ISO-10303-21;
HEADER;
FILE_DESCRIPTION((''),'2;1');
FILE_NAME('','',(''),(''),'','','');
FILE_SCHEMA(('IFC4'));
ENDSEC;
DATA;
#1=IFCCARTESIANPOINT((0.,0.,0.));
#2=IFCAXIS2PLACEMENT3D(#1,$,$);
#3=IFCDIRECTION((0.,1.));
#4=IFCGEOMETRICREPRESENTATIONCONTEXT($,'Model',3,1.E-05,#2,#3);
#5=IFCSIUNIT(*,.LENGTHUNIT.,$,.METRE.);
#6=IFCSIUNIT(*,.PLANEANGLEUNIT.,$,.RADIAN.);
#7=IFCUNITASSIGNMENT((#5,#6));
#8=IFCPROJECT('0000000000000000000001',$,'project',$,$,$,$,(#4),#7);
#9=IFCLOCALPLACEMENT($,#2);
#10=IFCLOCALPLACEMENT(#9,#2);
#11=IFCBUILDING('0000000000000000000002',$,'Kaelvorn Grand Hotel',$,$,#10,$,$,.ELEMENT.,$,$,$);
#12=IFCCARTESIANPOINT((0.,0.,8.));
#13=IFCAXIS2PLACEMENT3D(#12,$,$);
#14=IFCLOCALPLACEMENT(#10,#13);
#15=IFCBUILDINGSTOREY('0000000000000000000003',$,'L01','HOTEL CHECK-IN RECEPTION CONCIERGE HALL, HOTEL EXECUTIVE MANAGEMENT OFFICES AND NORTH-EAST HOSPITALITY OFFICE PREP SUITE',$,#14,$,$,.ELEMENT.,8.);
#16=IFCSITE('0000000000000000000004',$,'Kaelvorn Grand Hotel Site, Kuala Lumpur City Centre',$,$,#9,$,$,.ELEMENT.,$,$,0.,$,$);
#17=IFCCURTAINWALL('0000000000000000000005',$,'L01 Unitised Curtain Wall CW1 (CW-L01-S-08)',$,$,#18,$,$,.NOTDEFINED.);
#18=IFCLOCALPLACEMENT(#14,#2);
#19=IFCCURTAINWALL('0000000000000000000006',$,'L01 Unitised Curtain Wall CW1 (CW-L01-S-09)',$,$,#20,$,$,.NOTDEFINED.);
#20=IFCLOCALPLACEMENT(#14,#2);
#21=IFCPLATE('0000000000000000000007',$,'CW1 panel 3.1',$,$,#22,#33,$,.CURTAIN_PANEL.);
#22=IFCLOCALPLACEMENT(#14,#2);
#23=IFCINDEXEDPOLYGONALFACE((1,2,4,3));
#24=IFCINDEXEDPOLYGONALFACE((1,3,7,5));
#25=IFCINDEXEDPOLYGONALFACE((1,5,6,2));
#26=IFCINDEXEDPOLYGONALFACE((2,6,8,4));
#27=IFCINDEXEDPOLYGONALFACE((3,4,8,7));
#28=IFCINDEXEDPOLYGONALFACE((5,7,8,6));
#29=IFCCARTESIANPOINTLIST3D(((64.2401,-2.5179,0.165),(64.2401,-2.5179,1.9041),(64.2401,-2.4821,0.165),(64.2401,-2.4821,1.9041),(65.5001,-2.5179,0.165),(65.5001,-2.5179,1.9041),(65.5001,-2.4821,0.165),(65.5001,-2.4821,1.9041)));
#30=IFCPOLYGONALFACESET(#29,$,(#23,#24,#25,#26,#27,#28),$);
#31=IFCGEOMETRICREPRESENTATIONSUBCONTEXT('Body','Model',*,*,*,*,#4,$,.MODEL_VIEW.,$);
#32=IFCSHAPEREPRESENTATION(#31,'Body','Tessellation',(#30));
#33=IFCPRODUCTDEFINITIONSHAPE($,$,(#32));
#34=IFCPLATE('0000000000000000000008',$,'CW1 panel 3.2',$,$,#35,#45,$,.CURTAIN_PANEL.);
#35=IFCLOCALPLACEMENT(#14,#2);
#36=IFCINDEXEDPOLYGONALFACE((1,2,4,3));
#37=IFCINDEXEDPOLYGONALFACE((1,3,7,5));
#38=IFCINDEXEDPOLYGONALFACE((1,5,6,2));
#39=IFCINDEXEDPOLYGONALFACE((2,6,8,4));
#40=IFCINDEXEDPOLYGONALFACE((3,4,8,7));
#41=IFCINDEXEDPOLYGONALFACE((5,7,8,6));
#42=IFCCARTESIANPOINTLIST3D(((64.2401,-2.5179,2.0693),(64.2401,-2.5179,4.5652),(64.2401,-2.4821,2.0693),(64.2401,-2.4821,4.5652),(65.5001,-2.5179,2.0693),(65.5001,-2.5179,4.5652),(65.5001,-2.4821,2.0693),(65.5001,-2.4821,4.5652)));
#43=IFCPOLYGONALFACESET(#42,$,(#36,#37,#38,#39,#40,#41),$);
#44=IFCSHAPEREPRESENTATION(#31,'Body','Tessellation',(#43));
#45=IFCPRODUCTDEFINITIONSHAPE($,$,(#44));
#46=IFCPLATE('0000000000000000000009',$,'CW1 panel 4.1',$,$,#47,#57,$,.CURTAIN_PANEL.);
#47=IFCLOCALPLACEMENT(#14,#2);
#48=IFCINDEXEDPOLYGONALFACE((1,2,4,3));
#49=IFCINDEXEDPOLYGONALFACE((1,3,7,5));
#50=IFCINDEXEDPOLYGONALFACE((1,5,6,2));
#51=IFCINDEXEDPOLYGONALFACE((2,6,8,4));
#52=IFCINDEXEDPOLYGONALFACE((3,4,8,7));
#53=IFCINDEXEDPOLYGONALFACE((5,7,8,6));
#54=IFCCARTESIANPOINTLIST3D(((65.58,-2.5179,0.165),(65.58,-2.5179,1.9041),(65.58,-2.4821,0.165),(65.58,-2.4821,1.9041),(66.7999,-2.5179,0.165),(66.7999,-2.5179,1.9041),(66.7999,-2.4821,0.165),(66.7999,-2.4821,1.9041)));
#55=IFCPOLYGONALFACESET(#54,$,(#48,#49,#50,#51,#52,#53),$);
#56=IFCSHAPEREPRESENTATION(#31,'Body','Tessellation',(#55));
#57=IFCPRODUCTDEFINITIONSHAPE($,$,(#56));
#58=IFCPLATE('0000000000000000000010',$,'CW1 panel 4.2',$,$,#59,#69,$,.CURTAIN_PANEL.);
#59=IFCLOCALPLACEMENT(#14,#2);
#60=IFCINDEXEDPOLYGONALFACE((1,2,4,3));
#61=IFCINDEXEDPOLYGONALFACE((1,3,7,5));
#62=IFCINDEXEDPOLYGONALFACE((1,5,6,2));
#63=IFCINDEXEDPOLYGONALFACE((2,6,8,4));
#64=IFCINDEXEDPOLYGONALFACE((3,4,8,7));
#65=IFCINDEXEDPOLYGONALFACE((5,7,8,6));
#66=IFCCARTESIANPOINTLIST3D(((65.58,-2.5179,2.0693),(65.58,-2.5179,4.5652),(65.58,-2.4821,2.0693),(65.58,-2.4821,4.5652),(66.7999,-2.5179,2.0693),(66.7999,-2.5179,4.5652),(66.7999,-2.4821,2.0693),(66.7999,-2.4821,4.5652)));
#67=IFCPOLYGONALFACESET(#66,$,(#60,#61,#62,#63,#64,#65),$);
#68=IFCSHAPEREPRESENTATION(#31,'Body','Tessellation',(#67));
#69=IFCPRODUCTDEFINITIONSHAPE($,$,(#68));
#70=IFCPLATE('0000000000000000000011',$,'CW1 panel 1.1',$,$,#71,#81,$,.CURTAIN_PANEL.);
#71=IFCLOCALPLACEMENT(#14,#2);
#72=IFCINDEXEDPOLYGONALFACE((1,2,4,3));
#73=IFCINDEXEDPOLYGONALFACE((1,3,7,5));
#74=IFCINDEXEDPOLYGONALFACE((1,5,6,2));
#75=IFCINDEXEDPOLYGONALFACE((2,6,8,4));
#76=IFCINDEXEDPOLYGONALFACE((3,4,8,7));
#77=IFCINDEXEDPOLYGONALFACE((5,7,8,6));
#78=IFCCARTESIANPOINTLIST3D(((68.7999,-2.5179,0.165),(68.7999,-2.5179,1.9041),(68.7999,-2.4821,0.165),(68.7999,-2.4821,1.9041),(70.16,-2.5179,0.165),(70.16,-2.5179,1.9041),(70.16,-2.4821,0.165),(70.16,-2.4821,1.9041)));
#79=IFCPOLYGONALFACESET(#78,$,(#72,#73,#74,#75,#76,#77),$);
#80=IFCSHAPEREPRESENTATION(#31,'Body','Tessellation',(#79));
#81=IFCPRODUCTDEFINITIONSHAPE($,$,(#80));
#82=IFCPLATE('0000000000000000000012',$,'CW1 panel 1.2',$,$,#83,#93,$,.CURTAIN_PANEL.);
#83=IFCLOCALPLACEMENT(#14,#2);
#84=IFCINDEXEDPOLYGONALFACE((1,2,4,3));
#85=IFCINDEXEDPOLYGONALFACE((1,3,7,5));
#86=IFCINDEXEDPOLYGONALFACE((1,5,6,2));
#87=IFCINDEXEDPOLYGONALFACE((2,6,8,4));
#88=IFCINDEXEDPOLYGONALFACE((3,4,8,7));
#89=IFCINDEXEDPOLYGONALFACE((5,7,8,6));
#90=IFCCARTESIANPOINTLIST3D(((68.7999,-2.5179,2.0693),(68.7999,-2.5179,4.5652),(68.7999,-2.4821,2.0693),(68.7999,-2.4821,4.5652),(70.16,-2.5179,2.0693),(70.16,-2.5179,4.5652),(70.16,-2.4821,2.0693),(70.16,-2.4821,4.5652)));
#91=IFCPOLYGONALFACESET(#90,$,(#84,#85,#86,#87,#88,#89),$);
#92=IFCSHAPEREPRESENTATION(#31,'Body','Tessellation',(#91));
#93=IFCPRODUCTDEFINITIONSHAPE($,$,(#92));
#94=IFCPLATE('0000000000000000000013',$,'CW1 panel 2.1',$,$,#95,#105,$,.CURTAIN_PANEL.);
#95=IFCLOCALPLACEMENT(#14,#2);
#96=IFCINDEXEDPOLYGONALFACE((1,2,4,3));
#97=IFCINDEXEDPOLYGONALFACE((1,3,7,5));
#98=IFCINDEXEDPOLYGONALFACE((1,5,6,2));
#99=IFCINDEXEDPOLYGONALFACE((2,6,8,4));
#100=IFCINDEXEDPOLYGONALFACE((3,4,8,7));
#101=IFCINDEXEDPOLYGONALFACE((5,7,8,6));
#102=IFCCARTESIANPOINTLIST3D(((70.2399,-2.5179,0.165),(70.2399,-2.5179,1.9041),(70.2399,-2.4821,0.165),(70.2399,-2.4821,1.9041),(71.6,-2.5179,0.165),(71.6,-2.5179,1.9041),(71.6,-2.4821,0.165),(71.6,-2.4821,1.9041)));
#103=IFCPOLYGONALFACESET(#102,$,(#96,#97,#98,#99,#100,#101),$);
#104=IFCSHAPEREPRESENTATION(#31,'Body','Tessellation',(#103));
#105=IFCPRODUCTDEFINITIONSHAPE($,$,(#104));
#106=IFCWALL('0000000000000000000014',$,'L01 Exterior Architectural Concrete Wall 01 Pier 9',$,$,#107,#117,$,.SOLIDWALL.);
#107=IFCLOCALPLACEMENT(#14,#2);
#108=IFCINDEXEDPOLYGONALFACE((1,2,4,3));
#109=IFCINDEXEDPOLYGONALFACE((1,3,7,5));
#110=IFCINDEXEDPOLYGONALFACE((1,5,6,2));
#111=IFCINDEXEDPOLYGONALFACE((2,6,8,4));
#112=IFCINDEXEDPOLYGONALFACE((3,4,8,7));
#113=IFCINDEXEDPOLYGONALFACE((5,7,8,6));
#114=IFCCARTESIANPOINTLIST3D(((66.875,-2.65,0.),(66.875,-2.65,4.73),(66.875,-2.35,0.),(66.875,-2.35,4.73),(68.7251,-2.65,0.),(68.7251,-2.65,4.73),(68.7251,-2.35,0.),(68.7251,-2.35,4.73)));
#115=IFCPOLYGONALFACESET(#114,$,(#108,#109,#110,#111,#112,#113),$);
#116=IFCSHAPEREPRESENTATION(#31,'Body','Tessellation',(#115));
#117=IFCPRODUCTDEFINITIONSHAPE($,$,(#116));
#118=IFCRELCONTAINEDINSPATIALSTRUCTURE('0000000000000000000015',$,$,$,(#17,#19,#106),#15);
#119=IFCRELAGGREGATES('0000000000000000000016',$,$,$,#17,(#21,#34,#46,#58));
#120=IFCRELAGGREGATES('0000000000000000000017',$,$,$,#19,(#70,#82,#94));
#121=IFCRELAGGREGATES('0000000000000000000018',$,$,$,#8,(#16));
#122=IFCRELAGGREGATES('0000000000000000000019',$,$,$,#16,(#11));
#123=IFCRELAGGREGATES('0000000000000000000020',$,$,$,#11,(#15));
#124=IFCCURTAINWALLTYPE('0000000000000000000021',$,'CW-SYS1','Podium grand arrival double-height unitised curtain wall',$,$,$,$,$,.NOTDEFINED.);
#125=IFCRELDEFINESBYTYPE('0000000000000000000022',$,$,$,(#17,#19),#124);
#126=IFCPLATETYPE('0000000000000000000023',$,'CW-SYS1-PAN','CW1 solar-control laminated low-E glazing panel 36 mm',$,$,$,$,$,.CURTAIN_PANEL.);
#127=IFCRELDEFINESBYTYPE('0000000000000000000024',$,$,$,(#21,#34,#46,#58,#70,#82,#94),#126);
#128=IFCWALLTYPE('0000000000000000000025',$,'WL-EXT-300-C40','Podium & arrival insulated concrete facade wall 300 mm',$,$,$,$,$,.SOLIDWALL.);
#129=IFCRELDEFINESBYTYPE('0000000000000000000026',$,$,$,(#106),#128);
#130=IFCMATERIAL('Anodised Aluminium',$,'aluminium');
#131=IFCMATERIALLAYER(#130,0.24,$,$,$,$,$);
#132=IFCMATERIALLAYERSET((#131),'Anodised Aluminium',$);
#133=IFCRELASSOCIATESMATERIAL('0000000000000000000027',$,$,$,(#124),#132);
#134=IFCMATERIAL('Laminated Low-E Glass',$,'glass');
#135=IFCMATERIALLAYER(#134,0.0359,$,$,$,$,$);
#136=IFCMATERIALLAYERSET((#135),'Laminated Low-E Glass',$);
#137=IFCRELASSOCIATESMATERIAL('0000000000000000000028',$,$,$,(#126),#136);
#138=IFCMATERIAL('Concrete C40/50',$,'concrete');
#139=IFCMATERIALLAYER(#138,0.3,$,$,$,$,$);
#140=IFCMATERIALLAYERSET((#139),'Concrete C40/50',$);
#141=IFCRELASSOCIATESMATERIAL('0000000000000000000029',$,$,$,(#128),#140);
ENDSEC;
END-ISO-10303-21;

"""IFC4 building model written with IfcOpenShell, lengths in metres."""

from ifc_helpers import new_model, si_unit, direction, frame, frame_2d, origin, origin_2d, place, context, subcontext, project, spatial, rectangle, extrude, material, layer, layer_set, type_object, element, aggregate, save


model = new_model("IFC4")

# Units and contexts
model_context = context("Model", 3, precision=1e-05, world=origin(), true_north=direction((0.0, 1.0)))
body_context = subcontext(model_context, "Body", "Model", "MODEL_VIEW")
ifc_project = project(units=[si_unit("LENGTHUNIT", "METRE"), si_unit("PLANEANGLEUNIT", "RADIAN")], contexts=[model_context])

# Site, building, storey
site_placement = place(None, origin())
site = spatial("IfcSite", under=ifc_project, at=site_placement, Name="Kaelvorn Grand Hotel Site, Kuala Lumpur City Centre", CompositionType="ELEMENT", RefElevation=0.0)
building_placement = place(site_placement, origin())
building = spatial("IfcBuilding", under=site, at=building_placement, Name="Kaelvorn Grand Hotel", CompositionType="ELEMENT")
storey_placement = place(building_placement, frame((0.0, 0.0, 8.0)))
storey = spatial("IfcBuildingStorey", under=building, at=storey_placement, Name="L01", Description="HOTEL CHECK-IN RECEPTION CONCIERGE HALL, HOTEL EXECUTIVE MANAGEMENT OFFICES AND NORTH-EAST HOSPITALITY OFFICE PREP SUITE", CompositionType="ELEMENT", Elevation=8.0)

# Curtain walls
ifc_material_1 = material(Name="Anodised Aluminium", Category="aluminium")
ifc_layer_1 = layer(ifc_material_1, 0.24)
ifc_layer_set_1 = layer_set([ifc_layer_1], Name="Anodised Aluminium")
curtain_wall_type = type_object("IfcCurtainWallType", Name="CW-SYS1", Description="Podium grand arrival double-height unitised curtain wall", PredefinedType="NOTDEFINED", material=ifc_layer_set_1)
curtain_wall_1_placement = place(storey_placement, origin())
curtain_wall_1 = element("IfcCurtainWall", 1, at=curtain_wall_1_placement, inside=storey, type_object=curtain_wall_type, Name="L01 Unitised Curtain Wall CW1 (CW-L01-S-08)", PredefinedType="NOTDEFINED")
curtain_wall_2_placement = place(storey_placement, origin())
curtain_wall_2 = element("IfcCurtainWall", 2, at=curtain_wall_2_placement, inside=storey, type_object=curtain_wall_type, Name="L01 Unitised Curtain Wall CW1 (CW-L01-S-09)", PredefinedType="NOTDEFINED")

# Plates
ifc_material_2 = material(Name="Laminated Low-E Glass", Category="glass")
ifc_layer_2 = layer(ifc_material_2, 0.0359)
ifc_layer_set_2 = layer_set([ifc_layer_2], Name="Laminated Low-E Glass")
plate_type = type_object("IfcPlateType", Name="CW-SYS1-PAN", Description="CW1 solar-control laminated low-E glazing panel 36 mm", PredefinedType="CURTAIN_PANEL", material=ifc_layer_set_2)
plate_1_placement = place(storey_placement, frame((64.8701, -2.5, 0.165), z_axis=(0.0, 0.0, 1.0), x_axis=(1.0, 0.0, 0.0)))
plate_1 = element("IfcPlate", 3, at=plate_1_placement, type_object=plate_type, Name="CW1 panel 3.1", PredefinedType="CURTAIN_PANEL", context=body_context, shape_type="SweptSolid", body=[
    extrude(rectangle(XDim=1.26, YDim=0.0359, at=origin_2d()), origin(), (0.0, 0.0, 1.0), 1.739),
])
plate_2_placement = place(storey_placement, frame((64.8701, -2.5, 2.0693), z_axis=(0.0, 0.0, 1.0), x_axis=(1.0, 0.0, 0.0)))
plate_2 = element("IfcPlate", 4, at=plate_2_placement, type_object=plate_type, Name="CW1 panel 3.2", PredefinedType="CURTAIN_PANEL", context=body_context, shape_type="SweptSolid", body=[
    extrude(rectangle(XDim=1.26, YDim=0.0359, at=origin_2d()), origin(), (0.0, 0.0, 1.0), 2.4958),
])
plate_3_placement = place(storey_placement, frame((66.1899, -2.5, 0.165), z_axis=(0.0, 0.0, 1.0), x_axis=(1.0, 0.0, 0.0)))
plate_3 = element("IfcPlate", 5, at=plate_3_placement, type_object=plate_type, Name="CW1 panel 4.1", PredefinedType="CURTAIN_PANEL", context=body_context, shape_type="SweptSolid", body=[
    extrude(rectangle(XDim=1.22, YDim=0.0359, at=origin_2d()), origin(), (0.0, 0.0, 1.0), 1.739),
])
plate_4_placement = place(storey_placement, frame((66.1899, -2.5, 2.0693), z_axis=(0.0, 0.0, 1.0), x_axis=(1.0, 0.0, 0.0)))
plate_4 = element("IfcPlate", 6, at=plate_4_placement, type_object=plate_type, Name="CW1 panel 4.2", PredefinedType="CURTAIN_PANEL", context=body_context, shape_type="SweptSolid", body=[
    extrude(rectangle(XDim=1.22, YDim=0.0359, at=origin_2d()), origin(), (0.0, 0.0, 1.0), 2.4958),
])
aggregate(curtain_wall_1, [plate_1, plate_2, plate_3, plate_4])
plate_5_placement = place(storey_placement, frame((69.48, -2.5, 0.165), z_axis=(0.0, 0.0, 1.0), x_axis=(1.0, 0.0, 0.0)))
plate_5 = element("IfcPlate", 7, at=plate_5_placement, type_object=plate_type, Name="CW1 panel 1.1", PredefinedType="CURTAIN_PANEL", context=body_context, shape_type="SweptSolid", body=[
    extrude(rectangle(XDim=1.3601, YDim=0.0359, at=origin_2d()), origin(), (0.0, 0.0, 1.0), 1.739),
])
plate_6_placement = place(storey_placement, frame((69.48, -2.5, 2.0693), z_axis=(0.0, 0.0, 1.0), x_axis=(1.0, 0.0, 0.0)))
plate_6 = element("IfcPlate", 8, at=plate_6_placement, type_object=plate_type, Name="CW1 panel 1.2", PredefinedType="CURTAIN_PANEL", context=body_context, shape_type="SweptSolid", body=[
    extrude(rectangle(XDim=1.3601, YDim=0.0359, at=origin_2d()), origin(), (0.0, 0.0, 1.0), 2.4958),
])
plate_7_placement = place(storey_placement, frame((70.9199, -2.5, 0.165), z_axis=(0.0, 0.0, 1.0), x_axis=(1.0, 0.0, 0.0)))
plate_7 = element("IfcPlate", 9, at=plate_7_placement, type_object=plate_type, Name="CW1 panel 2.1", PredefinedType="CURTAIN_PANEL", context=body_context, shape_type="SweptSolid", body=[
    extrude(rectangle(XDim=1.3601, YDim=0.0359, at=origin_2d()), origin(), (0.0, 0.0, 1.0), 1.739),
])
aggregate(curtain_wall_2, [plate_5, plate_6, plate_7])

# Wall
ifc_material_3 = material(Name="Concrete C40/50", Category="concrete")
ifc_layer_3 = layer(ifc_material_3, 0.3)
ifc_layer_set_3 = layer_set([ifc_layer_3], Name="Concrete C40/50")
wall_type = type_object("IfcWallType", Name="WL-EXT-300-C40", Description="Podium & arrival insulated concrete facade wall 300 mm", PredefinedType="SOLIDWALL", material=ifc_layer_set_3)
wall_placement = place(storey_placement, frame((66.875, -2.5, 0.0), z_axis=(0.0, 0.0, 1.0), x_axis=(1.0, 0.0, 0.0)))
element("IfcWall", 10, at=wall_placement, inside=storey, type_object=wall_type, Name="L01 Exterior Architectural Concrete Wall 01 Pier 9", PredefinedType="SOLIDWALL", context=body_context, shape_type="SweptSolid", body=[
    extrude(rectangle(XDim=1.8501, YDim=0.3, at=frame_2d((0.925, 0.0))), origin(), (0.0, 0.0, 1.0), 4.73),
])

save(model, "model.ifc")
